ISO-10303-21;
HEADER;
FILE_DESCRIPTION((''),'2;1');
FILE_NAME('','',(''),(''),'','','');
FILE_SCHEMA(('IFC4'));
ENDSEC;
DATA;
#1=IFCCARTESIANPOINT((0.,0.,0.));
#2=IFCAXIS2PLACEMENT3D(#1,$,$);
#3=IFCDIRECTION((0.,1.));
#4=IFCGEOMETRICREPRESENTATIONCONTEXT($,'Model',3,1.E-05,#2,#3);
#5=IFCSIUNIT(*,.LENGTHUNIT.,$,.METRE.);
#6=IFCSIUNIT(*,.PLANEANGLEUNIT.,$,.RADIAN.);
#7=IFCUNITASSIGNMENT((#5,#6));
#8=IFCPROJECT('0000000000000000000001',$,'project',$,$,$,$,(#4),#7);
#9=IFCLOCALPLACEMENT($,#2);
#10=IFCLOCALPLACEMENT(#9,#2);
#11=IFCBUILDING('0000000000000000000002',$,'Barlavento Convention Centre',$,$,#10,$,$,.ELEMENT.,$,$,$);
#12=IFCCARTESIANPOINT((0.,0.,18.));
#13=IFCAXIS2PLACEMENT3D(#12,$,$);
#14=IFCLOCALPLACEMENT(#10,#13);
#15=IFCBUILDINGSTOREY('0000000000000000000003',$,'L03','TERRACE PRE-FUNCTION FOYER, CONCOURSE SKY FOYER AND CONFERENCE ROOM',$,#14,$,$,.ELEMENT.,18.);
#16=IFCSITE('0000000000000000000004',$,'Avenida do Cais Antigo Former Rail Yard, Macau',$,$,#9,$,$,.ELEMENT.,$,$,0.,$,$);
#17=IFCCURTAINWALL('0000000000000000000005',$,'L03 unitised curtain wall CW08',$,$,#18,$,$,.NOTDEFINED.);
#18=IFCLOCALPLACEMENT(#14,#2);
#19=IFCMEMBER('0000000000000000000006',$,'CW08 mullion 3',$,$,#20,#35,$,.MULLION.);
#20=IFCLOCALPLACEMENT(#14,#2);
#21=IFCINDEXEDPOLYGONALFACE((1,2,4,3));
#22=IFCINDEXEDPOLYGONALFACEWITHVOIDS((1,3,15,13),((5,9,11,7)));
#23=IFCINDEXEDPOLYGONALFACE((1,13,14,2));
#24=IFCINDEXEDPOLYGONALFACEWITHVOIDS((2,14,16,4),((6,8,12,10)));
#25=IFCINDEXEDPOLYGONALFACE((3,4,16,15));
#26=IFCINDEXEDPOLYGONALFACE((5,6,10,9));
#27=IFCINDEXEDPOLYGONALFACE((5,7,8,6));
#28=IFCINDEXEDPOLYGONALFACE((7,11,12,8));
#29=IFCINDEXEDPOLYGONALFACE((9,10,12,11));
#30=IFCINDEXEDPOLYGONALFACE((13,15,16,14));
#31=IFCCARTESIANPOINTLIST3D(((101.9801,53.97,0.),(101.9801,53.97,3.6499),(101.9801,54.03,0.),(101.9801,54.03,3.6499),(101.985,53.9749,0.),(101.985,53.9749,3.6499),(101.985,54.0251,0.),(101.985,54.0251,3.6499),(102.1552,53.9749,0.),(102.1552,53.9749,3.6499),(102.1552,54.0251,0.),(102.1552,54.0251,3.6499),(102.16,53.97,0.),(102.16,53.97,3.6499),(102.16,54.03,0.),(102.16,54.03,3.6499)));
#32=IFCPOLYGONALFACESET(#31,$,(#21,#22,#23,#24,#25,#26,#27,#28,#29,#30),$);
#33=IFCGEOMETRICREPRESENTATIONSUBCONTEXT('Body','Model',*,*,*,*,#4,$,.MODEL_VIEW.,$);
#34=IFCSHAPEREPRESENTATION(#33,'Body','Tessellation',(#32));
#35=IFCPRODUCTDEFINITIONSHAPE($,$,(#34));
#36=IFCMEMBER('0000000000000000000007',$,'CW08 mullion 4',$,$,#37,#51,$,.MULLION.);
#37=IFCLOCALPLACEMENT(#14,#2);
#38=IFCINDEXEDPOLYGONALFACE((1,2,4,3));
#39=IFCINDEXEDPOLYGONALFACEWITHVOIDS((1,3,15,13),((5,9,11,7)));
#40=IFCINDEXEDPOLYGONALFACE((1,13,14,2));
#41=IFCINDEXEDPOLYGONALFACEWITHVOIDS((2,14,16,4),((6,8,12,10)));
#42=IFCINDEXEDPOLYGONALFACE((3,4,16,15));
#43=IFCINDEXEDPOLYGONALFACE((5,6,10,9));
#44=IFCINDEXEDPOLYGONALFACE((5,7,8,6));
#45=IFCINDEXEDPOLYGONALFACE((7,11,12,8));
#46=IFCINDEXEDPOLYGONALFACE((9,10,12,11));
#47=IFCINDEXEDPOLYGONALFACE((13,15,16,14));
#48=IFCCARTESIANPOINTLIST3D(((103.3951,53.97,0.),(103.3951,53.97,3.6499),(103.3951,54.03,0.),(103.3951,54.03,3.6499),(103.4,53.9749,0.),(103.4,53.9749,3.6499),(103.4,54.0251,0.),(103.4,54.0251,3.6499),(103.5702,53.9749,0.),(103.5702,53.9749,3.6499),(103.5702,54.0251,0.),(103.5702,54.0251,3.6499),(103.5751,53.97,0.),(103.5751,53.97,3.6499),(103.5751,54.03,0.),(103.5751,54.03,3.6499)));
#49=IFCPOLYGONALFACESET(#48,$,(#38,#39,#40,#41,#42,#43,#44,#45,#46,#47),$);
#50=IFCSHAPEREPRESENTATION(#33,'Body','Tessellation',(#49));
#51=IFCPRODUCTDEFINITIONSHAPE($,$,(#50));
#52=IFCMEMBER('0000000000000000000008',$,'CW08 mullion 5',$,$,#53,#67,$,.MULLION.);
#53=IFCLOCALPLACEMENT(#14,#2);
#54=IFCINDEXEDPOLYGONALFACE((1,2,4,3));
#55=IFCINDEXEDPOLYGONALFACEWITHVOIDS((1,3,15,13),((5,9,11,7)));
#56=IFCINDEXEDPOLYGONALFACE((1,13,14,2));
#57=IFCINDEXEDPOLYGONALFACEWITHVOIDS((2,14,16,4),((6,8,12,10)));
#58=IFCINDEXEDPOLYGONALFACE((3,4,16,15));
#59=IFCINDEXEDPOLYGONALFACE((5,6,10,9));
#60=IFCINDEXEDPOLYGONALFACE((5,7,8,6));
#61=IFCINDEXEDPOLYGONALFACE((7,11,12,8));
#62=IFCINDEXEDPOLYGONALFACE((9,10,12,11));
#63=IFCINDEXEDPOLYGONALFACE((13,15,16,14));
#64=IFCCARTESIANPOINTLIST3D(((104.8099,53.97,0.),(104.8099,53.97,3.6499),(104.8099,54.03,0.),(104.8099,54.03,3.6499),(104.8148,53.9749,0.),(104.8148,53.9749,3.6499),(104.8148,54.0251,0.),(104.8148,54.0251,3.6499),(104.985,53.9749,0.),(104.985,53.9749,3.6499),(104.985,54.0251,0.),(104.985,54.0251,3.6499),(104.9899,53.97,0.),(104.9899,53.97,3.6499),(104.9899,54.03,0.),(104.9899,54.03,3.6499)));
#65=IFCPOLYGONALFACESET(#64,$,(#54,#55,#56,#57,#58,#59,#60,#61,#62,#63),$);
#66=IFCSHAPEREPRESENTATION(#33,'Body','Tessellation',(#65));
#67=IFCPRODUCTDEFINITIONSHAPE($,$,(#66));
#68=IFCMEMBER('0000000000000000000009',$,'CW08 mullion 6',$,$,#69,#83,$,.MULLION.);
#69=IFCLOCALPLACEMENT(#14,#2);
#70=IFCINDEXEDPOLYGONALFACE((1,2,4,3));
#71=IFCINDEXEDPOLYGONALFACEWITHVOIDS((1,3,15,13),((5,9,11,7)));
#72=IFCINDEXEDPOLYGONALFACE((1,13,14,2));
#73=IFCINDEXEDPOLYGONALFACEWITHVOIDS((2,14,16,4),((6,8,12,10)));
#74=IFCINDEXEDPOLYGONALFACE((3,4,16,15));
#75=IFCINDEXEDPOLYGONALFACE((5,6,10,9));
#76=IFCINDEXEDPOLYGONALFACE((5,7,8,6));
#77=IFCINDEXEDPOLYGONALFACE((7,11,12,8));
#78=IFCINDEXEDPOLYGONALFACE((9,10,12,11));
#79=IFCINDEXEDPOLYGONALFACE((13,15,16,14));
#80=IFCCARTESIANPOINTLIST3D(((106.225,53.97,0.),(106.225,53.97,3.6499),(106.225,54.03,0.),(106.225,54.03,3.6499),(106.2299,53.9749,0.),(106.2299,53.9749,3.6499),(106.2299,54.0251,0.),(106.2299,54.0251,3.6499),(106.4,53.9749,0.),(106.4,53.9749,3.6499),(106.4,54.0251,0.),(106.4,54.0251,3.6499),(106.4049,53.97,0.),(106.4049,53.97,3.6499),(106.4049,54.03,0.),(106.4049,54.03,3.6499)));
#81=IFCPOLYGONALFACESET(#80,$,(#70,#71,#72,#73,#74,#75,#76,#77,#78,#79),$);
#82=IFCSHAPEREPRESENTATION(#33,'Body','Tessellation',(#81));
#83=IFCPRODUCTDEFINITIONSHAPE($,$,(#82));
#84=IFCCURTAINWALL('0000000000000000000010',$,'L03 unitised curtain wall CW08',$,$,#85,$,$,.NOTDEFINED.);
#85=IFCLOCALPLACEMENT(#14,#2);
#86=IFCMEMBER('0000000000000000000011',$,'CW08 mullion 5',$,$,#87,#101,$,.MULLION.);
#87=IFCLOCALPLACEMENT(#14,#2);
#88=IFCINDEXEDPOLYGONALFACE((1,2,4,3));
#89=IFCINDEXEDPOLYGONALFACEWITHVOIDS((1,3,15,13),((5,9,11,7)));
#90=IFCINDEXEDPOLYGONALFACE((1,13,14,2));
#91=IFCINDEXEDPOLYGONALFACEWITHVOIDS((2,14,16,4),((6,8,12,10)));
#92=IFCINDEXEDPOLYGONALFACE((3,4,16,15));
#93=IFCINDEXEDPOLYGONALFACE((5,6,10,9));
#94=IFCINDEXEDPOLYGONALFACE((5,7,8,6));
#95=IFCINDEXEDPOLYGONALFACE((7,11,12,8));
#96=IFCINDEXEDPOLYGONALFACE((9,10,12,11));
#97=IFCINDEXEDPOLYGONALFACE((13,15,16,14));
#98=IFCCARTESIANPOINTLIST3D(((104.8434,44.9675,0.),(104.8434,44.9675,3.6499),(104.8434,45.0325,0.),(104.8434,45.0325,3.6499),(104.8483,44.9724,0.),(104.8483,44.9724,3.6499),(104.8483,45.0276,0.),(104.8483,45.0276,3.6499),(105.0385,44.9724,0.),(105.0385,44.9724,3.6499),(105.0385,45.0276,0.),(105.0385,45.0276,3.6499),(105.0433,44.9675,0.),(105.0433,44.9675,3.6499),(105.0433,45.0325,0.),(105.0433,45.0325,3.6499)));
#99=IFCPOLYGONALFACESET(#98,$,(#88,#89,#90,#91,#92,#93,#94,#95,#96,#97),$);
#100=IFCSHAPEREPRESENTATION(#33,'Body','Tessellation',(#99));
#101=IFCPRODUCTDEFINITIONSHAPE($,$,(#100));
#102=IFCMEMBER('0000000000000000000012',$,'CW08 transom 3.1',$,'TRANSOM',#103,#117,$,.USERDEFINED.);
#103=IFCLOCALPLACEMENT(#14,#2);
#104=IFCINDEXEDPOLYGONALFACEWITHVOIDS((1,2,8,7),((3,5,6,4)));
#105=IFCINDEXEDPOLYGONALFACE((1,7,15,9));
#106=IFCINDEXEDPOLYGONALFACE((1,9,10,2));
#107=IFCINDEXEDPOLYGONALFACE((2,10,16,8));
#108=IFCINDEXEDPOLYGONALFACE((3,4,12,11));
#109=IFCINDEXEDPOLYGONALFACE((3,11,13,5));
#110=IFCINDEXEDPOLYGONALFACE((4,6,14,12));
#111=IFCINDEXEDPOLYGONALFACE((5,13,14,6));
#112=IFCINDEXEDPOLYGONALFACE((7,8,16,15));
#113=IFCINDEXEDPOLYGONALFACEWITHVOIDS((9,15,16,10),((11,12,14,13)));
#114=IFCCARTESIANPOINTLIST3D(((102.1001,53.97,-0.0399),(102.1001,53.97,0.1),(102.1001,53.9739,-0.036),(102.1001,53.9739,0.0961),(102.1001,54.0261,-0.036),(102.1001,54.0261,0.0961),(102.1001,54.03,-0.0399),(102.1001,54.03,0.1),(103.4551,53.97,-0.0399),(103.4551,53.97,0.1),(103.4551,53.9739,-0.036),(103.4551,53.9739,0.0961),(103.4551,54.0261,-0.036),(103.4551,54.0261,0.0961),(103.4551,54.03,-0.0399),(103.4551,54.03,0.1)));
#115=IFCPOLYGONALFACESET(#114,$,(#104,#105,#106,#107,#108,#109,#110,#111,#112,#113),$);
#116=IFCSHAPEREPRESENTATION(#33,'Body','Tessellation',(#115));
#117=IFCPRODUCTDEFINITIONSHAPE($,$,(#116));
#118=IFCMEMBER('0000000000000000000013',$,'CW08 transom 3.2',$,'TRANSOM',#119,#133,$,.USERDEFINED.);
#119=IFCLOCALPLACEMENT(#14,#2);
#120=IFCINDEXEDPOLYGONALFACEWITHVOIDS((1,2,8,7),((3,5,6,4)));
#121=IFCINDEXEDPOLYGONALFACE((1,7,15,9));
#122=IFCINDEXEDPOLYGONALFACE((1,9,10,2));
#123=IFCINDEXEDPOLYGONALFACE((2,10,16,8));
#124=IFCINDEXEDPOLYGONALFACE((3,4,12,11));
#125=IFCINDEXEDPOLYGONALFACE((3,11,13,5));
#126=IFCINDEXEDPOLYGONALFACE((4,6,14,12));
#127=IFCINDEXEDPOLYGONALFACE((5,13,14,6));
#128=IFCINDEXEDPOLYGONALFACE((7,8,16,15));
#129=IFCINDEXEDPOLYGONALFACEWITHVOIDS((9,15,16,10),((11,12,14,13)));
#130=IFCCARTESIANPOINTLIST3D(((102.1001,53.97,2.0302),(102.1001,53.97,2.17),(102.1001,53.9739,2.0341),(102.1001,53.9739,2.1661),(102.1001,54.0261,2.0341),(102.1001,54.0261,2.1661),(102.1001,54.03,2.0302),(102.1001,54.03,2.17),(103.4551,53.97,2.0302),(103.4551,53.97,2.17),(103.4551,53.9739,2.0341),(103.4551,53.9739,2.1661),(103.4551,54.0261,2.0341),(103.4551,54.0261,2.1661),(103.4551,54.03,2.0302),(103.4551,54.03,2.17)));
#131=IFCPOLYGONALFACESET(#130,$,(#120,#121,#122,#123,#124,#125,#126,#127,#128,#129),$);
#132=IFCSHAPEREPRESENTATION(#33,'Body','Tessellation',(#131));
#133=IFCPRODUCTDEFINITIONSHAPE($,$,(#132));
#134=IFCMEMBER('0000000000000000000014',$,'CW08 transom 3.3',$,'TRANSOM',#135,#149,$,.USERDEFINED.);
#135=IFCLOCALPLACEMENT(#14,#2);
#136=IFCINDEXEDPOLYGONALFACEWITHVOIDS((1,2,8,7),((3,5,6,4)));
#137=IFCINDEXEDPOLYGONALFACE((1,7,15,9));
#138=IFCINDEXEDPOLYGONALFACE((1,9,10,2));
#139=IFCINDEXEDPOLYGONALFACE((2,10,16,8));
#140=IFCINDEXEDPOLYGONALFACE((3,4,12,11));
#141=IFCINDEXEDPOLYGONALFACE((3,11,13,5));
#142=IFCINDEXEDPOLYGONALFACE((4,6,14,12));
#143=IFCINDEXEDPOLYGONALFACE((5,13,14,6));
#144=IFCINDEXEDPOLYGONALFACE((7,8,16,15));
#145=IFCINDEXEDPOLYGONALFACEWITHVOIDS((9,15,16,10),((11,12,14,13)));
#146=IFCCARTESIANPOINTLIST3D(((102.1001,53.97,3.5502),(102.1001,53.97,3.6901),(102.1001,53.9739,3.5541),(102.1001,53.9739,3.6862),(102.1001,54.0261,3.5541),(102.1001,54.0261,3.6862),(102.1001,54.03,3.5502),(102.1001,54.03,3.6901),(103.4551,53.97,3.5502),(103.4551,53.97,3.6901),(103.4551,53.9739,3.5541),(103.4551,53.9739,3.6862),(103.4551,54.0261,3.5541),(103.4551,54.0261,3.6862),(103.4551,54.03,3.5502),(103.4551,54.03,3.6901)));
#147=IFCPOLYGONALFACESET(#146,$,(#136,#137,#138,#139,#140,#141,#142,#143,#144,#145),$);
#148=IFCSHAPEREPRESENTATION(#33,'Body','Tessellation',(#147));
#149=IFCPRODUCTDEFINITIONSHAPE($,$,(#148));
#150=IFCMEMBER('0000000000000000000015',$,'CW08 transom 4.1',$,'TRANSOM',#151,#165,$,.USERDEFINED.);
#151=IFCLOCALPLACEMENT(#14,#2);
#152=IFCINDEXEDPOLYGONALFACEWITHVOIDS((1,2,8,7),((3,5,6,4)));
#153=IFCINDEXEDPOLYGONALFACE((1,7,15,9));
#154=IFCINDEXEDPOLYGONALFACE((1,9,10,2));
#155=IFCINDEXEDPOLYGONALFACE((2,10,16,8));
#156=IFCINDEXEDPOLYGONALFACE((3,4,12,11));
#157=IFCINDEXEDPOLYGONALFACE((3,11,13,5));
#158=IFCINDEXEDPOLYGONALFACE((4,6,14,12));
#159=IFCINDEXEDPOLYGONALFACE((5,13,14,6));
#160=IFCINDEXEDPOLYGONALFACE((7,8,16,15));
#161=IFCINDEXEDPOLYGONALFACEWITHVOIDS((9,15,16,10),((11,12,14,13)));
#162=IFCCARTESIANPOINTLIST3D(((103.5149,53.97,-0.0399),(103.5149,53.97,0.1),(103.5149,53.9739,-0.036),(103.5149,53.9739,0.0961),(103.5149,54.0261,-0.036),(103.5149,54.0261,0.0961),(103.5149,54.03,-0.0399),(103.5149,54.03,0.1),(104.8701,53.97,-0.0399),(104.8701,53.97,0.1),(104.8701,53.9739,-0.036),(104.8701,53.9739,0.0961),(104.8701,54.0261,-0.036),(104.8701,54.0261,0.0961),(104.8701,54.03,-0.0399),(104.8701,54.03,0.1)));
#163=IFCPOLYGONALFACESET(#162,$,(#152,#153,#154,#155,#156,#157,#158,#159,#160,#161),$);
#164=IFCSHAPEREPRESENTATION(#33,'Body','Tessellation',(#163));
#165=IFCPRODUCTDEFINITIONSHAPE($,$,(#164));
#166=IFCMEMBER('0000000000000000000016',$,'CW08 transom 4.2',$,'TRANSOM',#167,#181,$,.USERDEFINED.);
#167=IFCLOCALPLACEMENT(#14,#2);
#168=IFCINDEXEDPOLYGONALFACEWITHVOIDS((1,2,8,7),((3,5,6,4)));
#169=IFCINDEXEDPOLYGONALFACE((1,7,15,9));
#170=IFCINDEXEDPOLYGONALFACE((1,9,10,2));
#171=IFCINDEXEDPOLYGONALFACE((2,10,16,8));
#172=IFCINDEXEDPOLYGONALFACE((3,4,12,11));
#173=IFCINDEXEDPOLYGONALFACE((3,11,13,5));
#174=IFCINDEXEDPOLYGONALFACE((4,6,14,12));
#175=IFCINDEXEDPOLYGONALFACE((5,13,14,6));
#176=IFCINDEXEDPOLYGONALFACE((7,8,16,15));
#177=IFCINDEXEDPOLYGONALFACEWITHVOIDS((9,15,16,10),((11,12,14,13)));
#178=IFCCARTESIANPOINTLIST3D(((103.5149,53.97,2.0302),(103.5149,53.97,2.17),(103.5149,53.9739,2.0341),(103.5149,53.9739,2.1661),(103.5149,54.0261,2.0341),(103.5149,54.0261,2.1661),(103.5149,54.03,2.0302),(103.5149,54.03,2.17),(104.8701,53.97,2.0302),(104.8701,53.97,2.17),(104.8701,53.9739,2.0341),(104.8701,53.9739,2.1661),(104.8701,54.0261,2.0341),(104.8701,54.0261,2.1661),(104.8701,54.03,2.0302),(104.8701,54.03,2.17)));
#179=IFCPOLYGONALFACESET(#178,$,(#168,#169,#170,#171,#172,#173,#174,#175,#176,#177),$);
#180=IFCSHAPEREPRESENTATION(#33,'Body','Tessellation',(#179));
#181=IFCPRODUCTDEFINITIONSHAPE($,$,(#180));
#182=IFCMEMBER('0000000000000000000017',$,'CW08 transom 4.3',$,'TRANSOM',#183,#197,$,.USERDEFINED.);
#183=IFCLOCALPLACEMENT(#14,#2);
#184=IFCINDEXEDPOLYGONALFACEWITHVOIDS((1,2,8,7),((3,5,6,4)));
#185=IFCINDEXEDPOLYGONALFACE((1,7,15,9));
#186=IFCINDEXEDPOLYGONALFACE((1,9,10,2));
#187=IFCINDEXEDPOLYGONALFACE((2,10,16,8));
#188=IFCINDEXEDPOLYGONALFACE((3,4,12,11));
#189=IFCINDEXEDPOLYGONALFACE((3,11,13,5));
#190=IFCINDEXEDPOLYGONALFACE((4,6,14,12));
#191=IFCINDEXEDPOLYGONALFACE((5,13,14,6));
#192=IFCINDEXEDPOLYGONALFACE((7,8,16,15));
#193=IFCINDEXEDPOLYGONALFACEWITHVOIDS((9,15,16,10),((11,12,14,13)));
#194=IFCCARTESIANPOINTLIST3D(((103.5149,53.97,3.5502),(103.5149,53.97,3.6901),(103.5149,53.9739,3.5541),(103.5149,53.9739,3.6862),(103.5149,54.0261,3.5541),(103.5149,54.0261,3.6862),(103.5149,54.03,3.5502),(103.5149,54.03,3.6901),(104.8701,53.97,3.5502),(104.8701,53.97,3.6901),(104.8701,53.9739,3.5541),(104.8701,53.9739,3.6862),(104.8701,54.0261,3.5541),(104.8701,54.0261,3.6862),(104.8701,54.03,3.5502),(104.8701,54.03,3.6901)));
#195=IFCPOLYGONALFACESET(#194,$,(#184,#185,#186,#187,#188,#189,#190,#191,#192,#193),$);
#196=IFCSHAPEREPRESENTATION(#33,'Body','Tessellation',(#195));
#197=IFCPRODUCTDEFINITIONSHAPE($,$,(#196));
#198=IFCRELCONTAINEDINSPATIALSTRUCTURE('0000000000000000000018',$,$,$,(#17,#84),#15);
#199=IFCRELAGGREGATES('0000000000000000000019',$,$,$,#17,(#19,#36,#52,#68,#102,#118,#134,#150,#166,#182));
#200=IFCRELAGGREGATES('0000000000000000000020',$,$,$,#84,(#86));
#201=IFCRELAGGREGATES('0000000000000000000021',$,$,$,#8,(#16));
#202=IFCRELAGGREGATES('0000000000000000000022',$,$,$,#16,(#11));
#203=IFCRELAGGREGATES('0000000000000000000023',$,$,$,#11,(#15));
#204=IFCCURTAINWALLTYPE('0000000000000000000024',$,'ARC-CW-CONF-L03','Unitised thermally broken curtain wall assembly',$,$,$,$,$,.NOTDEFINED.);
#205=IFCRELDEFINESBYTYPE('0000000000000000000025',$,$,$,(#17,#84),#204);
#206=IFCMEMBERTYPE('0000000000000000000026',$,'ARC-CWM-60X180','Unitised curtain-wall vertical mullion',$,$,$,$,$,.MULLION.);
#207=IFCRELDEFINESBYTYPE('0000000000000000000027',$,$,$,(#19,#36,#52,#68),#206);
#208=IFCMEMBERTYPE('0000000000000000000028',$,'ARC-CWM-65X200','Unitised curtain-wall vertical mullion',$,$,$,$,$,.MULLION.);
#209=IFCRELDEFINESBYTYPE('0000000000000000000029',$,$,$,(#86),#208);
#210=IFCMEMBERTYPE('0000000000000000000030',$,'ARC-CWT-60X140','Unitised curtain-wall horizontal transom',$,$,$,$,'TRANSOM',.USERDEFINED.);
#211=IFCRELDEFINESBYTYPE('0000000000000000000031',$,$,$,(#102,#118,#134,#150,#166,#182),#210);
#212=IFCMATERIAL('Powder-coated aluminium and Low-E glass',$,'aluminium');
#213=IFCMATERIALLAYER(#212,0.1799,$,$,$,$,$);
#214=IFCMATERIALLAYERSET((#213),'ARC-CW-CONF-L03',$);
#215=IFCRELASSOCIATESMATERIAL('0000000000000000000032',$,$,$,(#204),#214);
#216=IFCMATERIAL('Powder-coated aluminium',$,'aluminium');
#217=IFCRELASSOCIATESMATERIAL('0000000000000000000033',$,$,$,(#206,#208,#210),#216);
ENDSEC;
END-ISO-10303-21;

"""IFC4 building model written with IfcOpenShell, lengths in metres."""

from ifc_helpers import new_model, si_unit, direction, frame, origin, origin_2d, place, context, subcontext, project, spatial, hollow_rectangle, extrude, material, layer, layer_set, material_profile, profile_set, type_object, element, aggregate, save


model = new_model("IFC4")

# Units and contexts
model_context = context("Model", 3, precision=1e-05, world=origin(), true_north=direction((0.0, 1.0)))
body_context = subcontext(model_context, "Body", "Model", "MODEL_VIEW")
ifc_project = project(units=[si_unit("LENGTHUNIT", "METRE"), si_unit("PLANEANGLEUNIT", "RADIAN")], contexts=[model_context])

# Site, building, storey
site_placement = place(None, origin())
site = spatial("IfcSite", under=ifc_project, at=site_placement, Name="Avenida do Cais Antigo Former Rail Yard, Macau", CompositionType="ELEMENT", RefElevation=0.0)
building_placement = place(site_placement, origin())
building = spatial("IfcBuilding", under=site, at=building_placement, Name="Barlavento Convention Centre", CompositionType="ELEMENT")
storey_placement = place(building_placement, frame((0.0, 0.0, 18.0)))
storey = spatial("IfcBuildingStorey", under=building, at=storey_placement, Name="L03", Description="TERRACE PRE-FUNCTION FOYER, CONCOURSE SKY FOYER AND CONFERENCE ROOM", CompositionType="ELEMENT", Elevation=18.0)

# Curtain wall, members
ifc_material_1 = material(Name="Powder-coated aluminium and Low-E glass", Category="aluminium")
ifc_layer_1 = layer(ifc_material_1, 0.1799)
ifc_layer_set_1 = layer_set([ifc_layer_1], Name="ARC-CW-CONF-L03")
curtain_wall_type = type_object("IfcCurtainWallType", Name="ARC-CW-CONF-L03", Description="Unitised thermally broken curtain wall assembly", PredefinedType="NOTDEFINED", material=ifc_layer_set_1)
curtain_wall_1_placement = place(storey_placement, origin())
curtain_wall_1 = element("IfcCurtainWall", 1, at=curtain_wall_1_placement, inside=storey, type_object=curtain_wall_type, Name="L03 unitised curtain wall CW08", PredefinedType="NOTDEFINED")
ifc_material_2 = material(Name="Powder-coated aluminium", Category="aluminium")
ifc_material_profile_1 = material_profile(ifc_material_2, hollow_rectangle(XDim=0.0601, YDim=0.1799, WallThickness=0.0049, at=origin_2d()), Name="AL-MULL 60x180x5")
ifc_profile_set_1 = profile_set([ifc_material_profile_1], Name="Powder-coated aluminium")
member_type_1 = type_object("IfcMemberType", Name="ARC-CWM-60X180", Description="Unitised curtain-wall vertical mullion", PredefinedType="MULLION", material=ifc_profile_set_1)
member_1_placement = place(storey_placement, frame((102.0701, 54.0, 0.0), z_axis=(0.0, 0.0, 1.0), x_axis=(0.0, 1.0, 0.0)))
member_1 = element("IfcMember", 2, at=member_1_placement, type_object=member_type_1, Name="CW08 mullion 3", PredefinedType="MULLION", context=body_context, shape_type="SweptSolid", body=[
    extrude(hollow_rectangle(XDim=0.0601, YDim=0.1799, WallThickness=0.0049, at=origin_2d()), origin(), (0.0, 0.0, 1.0), 3.6499),
])
member_2_placement = place(storey_placement, frame((103.4851, 54.0, 0.0), z_axis=(0.0, 0.0, 1.0), x_axis=(0.0, 1.0, 0.0)))
member_2 = element("IfcMember", 3, at=member_2_placement, type_object=member_type_1, Name="CW08 mullion 4", PredefinedType="MULLION", context=body_context, shape_type="SweptSolid", body=[
    extrude(hollow_rectangle(XDim=0.0601, YDim=0.1799, WallThickness=0.0049, at=origin_2d()), origin(), (0.0, 0.0, 1.0), 3.6499),
])
member_3_placement = place(storey_placement, frame((104.8999, 54.0, 0.0), z_axis=(0.0, 0.0, 1.0), x_axis=(0.0, 1.0, 0.0)))
member_3 = element("IfcMember", 4, at=member_3_placement, type_object=member_type_1, Name="CW08 mullion 5", PredefinedType="MULLION", context=body_context, shape_type="SweptSolid", body=[
    extrude(hollow_rectangle(XDim=0.0601, YDim=0.1799, WallThickness=0.0049, at=origin_2d()), origin(), (0.0, 0.0, 1.0), 3.6499),
])
member_4_placement = place(storey_placement, frame((106.3149, 54.0, 0.0), z_axis=(0.0, 0.0, 1.0), x_axis=(0.0, 1.0, 0.0)))
member_4 = element("IfcMember", 5, at=member_4_placement, type_object=member_type_1, Name="CW08 mullion 6", PredefinedType="MULLION", context=body_context, shape_type="SweptSolid", body=[
    extrude(hollow_rectangle(XDim=0.0601, YDim=0.1799, WallThickness=0.0049, at=origin_2d()), origin(), (0.0, 0.0, 1.0), 3.6499),
])

# Curtain wall, member
curtain_wall_2_placement = place(storey_placement, origin())
curtain_wall_2 = element("IfcCurtainWall", 6, at=curtain_wall_2_placement, inside=storey, type_object=curtain_wall_type, Name="L03 unitised curtain wall CW08", PredefinedType="NOTDEFINED")
ifc_material_profile_2 = material_profile(ifc_material_2, hollow_rectangle(XDim=0.0649, YDim=0.2, WallThickness=0.0049, at=origin_2d()), Name="AL-MULL 65x200x5")
ifc_profile_set_2 = profile_set([ifc_material_profile_2], Name="Powder-coated aluminium")
member_type_2 = type_object("IfcMemberType", Name="ARC-CWM-65X200", Description="Unitised curtain-wall vertical mullion", PredefinedType="MULLION", material=ifc_profile_set_2)
member_5_placement = place(storey_placement, frame((104.9434, 45.0, 0.0), z_axis=(0.0, 0.0, 1.0), x_axis=(0.0, 1.0, 0.0)))
member_5 = element("IfcMember", 7, at=member_5_placement, type_object=member_type_2, Name="CW08 mullion 5", PredefinedType="MULLION", context=body_context, shape_type="SweptSolid", body=[
    extrude(hollow_rectangle(XDim=0.0649, YDim=0.2, WallThickness=0.0049, at=origin_2d()), origin(), (0.0, 0.0, 1.0), 3.6499),
])

# Members
ifc_material_profile_3 = material_profile(ifc_material_2, hollow_rectangle(XDim=0.0601, YDim=0.1399, WallThickness=0.0039, at=origin_2d()), Name="AL-TRAN 60x140x4")
ifc_profile_set_3 = profile_set([ifc_material_profile_3], Name="Powder-coated aluminium")
member_type_3 = type_object("IfcMemberType", Name="ARC-CWT-60X140", Description="Unitised curtain-wall horizontal transom", ElementType="TRANSOM", PredefinedType="USERDEFINED", material=ifc_profile_set_3)
member_6_placement = place(storey_placement, frame((102.1001, 54.0, 0.03), z_axis=(1.0, 0.0, 0.0), x_axis=(0.0, 1.0, 0.0)))
member_6 = element("IfcMember", 8, at=member_6_placement, type_object=member_type_3, Name="CW08 transom 3.1", ObjectType="TRANSOM", PredefinedType="USERDEFINED", context=body_context, shape_type="SweptSolid", body=[
    extrude(hollow_rectangle(XDim=0.0601, YDim=0.1399, WallThickness=0.0039, at=origin_2d()), origin(), (0.0, 0.0, 1.0), 1.355),
])
member_7_placement = place(storey_placement, frame((102.1001, 54.0, 2.1001), z_axis=(1.0, 0.0, 0.0), x_axis=(0.0, 1.0, 0.0)))
member_7 = element("IfcMember", 9, at=member_7_placement, type_object=member_type_3, Name="CW08 transom 3.2", ObjectType="TRANSOM", PredefinedType="USERDEFINED", context=body_context, shape_type="SweptSolid", body=[
    extrude(hollow_rectangle(XDim=0.0601, YDim=0.1399, WallThickness=0.0039, at=origin_2d()), origin(), (0.0, 0.0, 1.0), 1.355),
])
member_8_placement = place(storey_placement, frame((102.1001, 54.0, 3.6201), z_axis=(1.0, 0.0, 0.0), x_axis=(0.0, 1.0, 0.0)))
member_8 = element("IfcMember", 10, at=member_8_placement, type_object=member_type_3, Name="CW08 transom 3.3", ObjectType="TRANSOM", PredefinedType="USERDEFINED", context=body_context, shape_type="SweptSolid", body=[
    extrude(hollow_rectangle(XDim=0.0601, YDim=0.1399, WallThickness=0.0039, at=origin_2d()), origin(), (0.0, 0.0, 1.0), 1.355),
])
member_9_placement = place(storey_placement, frame((103.5149, 54.0, 0.03), z_axis=(1.0, 0.0, 0.0), x_axis=(0.0, 1.0, 0.0)))
member_9 = element("IfcMember", 11, at=member_9_placement, type_object=member_type_3, Name="CW08 transom 4.1", ObjectType="TRANSOM", PredefinedType="USERDEFINED", context=body_context, shape_type="SweptSolid", body=[
    extrude(hollow_rectangle(XDim=0.0601, YDim=0.1399, WallThickness=0.0039, at=origin_2d()), origin(), (0.0, 0.0, 1.0), 1.3552),
])
member_10_placement = place(storey_placement, frame((103.5149, 54.0, 2.1001), z_axis=(1.0, 0.0, 0.0), x_axis=(0.0, 1.0, 0.0)))
member_10 = element("IfcMember", 12, at=member_10_placement, type_object=member_type_3, Name="CW08 transom 4.2", ObjectType="TRANSOM", PredefinedType="USERDEFINED", context=body_context, shape_type="SweptSolid", body=[
    extrude(hollow_rectangle(XDim=0.0601, YDim=0.1399, WallThickness=0.0039, at=origin_2d()), origin(), (0.0, 0.0, 1.0), 1.3552),
])
member_11_placement = place(storey_placement, frame((103.5149, 54.0, 3.6201), z_axis=(1.0, 0.0, 0.0), x_axis=(0.0, 1.0, 0.0)))
member_11 = element("IfcMember", 13, at=member_11_placement, type_object=member_type_3, Name="CW08 transom 4.3", ObjectType="TRANSOM", PredefinedType="USERDEFINED", context=body_context, shape_type="SweptSolid", body=[
    extrude(hollow_rectangle(XDim=0.0601, YDim=0.1399, WallThickness=0.0039, at=origin_2d()), origin(), (0.0, 0.0, 1.0), 1.3552),
])

aggregate(curtain_wall_1, [member_1, member_2, member_3, member_4, member_6, member_7, member_8, member_9, member_10, member_11])
aggregate(curtain_wall_2, [member_5])

save(model, "model.ifc")
